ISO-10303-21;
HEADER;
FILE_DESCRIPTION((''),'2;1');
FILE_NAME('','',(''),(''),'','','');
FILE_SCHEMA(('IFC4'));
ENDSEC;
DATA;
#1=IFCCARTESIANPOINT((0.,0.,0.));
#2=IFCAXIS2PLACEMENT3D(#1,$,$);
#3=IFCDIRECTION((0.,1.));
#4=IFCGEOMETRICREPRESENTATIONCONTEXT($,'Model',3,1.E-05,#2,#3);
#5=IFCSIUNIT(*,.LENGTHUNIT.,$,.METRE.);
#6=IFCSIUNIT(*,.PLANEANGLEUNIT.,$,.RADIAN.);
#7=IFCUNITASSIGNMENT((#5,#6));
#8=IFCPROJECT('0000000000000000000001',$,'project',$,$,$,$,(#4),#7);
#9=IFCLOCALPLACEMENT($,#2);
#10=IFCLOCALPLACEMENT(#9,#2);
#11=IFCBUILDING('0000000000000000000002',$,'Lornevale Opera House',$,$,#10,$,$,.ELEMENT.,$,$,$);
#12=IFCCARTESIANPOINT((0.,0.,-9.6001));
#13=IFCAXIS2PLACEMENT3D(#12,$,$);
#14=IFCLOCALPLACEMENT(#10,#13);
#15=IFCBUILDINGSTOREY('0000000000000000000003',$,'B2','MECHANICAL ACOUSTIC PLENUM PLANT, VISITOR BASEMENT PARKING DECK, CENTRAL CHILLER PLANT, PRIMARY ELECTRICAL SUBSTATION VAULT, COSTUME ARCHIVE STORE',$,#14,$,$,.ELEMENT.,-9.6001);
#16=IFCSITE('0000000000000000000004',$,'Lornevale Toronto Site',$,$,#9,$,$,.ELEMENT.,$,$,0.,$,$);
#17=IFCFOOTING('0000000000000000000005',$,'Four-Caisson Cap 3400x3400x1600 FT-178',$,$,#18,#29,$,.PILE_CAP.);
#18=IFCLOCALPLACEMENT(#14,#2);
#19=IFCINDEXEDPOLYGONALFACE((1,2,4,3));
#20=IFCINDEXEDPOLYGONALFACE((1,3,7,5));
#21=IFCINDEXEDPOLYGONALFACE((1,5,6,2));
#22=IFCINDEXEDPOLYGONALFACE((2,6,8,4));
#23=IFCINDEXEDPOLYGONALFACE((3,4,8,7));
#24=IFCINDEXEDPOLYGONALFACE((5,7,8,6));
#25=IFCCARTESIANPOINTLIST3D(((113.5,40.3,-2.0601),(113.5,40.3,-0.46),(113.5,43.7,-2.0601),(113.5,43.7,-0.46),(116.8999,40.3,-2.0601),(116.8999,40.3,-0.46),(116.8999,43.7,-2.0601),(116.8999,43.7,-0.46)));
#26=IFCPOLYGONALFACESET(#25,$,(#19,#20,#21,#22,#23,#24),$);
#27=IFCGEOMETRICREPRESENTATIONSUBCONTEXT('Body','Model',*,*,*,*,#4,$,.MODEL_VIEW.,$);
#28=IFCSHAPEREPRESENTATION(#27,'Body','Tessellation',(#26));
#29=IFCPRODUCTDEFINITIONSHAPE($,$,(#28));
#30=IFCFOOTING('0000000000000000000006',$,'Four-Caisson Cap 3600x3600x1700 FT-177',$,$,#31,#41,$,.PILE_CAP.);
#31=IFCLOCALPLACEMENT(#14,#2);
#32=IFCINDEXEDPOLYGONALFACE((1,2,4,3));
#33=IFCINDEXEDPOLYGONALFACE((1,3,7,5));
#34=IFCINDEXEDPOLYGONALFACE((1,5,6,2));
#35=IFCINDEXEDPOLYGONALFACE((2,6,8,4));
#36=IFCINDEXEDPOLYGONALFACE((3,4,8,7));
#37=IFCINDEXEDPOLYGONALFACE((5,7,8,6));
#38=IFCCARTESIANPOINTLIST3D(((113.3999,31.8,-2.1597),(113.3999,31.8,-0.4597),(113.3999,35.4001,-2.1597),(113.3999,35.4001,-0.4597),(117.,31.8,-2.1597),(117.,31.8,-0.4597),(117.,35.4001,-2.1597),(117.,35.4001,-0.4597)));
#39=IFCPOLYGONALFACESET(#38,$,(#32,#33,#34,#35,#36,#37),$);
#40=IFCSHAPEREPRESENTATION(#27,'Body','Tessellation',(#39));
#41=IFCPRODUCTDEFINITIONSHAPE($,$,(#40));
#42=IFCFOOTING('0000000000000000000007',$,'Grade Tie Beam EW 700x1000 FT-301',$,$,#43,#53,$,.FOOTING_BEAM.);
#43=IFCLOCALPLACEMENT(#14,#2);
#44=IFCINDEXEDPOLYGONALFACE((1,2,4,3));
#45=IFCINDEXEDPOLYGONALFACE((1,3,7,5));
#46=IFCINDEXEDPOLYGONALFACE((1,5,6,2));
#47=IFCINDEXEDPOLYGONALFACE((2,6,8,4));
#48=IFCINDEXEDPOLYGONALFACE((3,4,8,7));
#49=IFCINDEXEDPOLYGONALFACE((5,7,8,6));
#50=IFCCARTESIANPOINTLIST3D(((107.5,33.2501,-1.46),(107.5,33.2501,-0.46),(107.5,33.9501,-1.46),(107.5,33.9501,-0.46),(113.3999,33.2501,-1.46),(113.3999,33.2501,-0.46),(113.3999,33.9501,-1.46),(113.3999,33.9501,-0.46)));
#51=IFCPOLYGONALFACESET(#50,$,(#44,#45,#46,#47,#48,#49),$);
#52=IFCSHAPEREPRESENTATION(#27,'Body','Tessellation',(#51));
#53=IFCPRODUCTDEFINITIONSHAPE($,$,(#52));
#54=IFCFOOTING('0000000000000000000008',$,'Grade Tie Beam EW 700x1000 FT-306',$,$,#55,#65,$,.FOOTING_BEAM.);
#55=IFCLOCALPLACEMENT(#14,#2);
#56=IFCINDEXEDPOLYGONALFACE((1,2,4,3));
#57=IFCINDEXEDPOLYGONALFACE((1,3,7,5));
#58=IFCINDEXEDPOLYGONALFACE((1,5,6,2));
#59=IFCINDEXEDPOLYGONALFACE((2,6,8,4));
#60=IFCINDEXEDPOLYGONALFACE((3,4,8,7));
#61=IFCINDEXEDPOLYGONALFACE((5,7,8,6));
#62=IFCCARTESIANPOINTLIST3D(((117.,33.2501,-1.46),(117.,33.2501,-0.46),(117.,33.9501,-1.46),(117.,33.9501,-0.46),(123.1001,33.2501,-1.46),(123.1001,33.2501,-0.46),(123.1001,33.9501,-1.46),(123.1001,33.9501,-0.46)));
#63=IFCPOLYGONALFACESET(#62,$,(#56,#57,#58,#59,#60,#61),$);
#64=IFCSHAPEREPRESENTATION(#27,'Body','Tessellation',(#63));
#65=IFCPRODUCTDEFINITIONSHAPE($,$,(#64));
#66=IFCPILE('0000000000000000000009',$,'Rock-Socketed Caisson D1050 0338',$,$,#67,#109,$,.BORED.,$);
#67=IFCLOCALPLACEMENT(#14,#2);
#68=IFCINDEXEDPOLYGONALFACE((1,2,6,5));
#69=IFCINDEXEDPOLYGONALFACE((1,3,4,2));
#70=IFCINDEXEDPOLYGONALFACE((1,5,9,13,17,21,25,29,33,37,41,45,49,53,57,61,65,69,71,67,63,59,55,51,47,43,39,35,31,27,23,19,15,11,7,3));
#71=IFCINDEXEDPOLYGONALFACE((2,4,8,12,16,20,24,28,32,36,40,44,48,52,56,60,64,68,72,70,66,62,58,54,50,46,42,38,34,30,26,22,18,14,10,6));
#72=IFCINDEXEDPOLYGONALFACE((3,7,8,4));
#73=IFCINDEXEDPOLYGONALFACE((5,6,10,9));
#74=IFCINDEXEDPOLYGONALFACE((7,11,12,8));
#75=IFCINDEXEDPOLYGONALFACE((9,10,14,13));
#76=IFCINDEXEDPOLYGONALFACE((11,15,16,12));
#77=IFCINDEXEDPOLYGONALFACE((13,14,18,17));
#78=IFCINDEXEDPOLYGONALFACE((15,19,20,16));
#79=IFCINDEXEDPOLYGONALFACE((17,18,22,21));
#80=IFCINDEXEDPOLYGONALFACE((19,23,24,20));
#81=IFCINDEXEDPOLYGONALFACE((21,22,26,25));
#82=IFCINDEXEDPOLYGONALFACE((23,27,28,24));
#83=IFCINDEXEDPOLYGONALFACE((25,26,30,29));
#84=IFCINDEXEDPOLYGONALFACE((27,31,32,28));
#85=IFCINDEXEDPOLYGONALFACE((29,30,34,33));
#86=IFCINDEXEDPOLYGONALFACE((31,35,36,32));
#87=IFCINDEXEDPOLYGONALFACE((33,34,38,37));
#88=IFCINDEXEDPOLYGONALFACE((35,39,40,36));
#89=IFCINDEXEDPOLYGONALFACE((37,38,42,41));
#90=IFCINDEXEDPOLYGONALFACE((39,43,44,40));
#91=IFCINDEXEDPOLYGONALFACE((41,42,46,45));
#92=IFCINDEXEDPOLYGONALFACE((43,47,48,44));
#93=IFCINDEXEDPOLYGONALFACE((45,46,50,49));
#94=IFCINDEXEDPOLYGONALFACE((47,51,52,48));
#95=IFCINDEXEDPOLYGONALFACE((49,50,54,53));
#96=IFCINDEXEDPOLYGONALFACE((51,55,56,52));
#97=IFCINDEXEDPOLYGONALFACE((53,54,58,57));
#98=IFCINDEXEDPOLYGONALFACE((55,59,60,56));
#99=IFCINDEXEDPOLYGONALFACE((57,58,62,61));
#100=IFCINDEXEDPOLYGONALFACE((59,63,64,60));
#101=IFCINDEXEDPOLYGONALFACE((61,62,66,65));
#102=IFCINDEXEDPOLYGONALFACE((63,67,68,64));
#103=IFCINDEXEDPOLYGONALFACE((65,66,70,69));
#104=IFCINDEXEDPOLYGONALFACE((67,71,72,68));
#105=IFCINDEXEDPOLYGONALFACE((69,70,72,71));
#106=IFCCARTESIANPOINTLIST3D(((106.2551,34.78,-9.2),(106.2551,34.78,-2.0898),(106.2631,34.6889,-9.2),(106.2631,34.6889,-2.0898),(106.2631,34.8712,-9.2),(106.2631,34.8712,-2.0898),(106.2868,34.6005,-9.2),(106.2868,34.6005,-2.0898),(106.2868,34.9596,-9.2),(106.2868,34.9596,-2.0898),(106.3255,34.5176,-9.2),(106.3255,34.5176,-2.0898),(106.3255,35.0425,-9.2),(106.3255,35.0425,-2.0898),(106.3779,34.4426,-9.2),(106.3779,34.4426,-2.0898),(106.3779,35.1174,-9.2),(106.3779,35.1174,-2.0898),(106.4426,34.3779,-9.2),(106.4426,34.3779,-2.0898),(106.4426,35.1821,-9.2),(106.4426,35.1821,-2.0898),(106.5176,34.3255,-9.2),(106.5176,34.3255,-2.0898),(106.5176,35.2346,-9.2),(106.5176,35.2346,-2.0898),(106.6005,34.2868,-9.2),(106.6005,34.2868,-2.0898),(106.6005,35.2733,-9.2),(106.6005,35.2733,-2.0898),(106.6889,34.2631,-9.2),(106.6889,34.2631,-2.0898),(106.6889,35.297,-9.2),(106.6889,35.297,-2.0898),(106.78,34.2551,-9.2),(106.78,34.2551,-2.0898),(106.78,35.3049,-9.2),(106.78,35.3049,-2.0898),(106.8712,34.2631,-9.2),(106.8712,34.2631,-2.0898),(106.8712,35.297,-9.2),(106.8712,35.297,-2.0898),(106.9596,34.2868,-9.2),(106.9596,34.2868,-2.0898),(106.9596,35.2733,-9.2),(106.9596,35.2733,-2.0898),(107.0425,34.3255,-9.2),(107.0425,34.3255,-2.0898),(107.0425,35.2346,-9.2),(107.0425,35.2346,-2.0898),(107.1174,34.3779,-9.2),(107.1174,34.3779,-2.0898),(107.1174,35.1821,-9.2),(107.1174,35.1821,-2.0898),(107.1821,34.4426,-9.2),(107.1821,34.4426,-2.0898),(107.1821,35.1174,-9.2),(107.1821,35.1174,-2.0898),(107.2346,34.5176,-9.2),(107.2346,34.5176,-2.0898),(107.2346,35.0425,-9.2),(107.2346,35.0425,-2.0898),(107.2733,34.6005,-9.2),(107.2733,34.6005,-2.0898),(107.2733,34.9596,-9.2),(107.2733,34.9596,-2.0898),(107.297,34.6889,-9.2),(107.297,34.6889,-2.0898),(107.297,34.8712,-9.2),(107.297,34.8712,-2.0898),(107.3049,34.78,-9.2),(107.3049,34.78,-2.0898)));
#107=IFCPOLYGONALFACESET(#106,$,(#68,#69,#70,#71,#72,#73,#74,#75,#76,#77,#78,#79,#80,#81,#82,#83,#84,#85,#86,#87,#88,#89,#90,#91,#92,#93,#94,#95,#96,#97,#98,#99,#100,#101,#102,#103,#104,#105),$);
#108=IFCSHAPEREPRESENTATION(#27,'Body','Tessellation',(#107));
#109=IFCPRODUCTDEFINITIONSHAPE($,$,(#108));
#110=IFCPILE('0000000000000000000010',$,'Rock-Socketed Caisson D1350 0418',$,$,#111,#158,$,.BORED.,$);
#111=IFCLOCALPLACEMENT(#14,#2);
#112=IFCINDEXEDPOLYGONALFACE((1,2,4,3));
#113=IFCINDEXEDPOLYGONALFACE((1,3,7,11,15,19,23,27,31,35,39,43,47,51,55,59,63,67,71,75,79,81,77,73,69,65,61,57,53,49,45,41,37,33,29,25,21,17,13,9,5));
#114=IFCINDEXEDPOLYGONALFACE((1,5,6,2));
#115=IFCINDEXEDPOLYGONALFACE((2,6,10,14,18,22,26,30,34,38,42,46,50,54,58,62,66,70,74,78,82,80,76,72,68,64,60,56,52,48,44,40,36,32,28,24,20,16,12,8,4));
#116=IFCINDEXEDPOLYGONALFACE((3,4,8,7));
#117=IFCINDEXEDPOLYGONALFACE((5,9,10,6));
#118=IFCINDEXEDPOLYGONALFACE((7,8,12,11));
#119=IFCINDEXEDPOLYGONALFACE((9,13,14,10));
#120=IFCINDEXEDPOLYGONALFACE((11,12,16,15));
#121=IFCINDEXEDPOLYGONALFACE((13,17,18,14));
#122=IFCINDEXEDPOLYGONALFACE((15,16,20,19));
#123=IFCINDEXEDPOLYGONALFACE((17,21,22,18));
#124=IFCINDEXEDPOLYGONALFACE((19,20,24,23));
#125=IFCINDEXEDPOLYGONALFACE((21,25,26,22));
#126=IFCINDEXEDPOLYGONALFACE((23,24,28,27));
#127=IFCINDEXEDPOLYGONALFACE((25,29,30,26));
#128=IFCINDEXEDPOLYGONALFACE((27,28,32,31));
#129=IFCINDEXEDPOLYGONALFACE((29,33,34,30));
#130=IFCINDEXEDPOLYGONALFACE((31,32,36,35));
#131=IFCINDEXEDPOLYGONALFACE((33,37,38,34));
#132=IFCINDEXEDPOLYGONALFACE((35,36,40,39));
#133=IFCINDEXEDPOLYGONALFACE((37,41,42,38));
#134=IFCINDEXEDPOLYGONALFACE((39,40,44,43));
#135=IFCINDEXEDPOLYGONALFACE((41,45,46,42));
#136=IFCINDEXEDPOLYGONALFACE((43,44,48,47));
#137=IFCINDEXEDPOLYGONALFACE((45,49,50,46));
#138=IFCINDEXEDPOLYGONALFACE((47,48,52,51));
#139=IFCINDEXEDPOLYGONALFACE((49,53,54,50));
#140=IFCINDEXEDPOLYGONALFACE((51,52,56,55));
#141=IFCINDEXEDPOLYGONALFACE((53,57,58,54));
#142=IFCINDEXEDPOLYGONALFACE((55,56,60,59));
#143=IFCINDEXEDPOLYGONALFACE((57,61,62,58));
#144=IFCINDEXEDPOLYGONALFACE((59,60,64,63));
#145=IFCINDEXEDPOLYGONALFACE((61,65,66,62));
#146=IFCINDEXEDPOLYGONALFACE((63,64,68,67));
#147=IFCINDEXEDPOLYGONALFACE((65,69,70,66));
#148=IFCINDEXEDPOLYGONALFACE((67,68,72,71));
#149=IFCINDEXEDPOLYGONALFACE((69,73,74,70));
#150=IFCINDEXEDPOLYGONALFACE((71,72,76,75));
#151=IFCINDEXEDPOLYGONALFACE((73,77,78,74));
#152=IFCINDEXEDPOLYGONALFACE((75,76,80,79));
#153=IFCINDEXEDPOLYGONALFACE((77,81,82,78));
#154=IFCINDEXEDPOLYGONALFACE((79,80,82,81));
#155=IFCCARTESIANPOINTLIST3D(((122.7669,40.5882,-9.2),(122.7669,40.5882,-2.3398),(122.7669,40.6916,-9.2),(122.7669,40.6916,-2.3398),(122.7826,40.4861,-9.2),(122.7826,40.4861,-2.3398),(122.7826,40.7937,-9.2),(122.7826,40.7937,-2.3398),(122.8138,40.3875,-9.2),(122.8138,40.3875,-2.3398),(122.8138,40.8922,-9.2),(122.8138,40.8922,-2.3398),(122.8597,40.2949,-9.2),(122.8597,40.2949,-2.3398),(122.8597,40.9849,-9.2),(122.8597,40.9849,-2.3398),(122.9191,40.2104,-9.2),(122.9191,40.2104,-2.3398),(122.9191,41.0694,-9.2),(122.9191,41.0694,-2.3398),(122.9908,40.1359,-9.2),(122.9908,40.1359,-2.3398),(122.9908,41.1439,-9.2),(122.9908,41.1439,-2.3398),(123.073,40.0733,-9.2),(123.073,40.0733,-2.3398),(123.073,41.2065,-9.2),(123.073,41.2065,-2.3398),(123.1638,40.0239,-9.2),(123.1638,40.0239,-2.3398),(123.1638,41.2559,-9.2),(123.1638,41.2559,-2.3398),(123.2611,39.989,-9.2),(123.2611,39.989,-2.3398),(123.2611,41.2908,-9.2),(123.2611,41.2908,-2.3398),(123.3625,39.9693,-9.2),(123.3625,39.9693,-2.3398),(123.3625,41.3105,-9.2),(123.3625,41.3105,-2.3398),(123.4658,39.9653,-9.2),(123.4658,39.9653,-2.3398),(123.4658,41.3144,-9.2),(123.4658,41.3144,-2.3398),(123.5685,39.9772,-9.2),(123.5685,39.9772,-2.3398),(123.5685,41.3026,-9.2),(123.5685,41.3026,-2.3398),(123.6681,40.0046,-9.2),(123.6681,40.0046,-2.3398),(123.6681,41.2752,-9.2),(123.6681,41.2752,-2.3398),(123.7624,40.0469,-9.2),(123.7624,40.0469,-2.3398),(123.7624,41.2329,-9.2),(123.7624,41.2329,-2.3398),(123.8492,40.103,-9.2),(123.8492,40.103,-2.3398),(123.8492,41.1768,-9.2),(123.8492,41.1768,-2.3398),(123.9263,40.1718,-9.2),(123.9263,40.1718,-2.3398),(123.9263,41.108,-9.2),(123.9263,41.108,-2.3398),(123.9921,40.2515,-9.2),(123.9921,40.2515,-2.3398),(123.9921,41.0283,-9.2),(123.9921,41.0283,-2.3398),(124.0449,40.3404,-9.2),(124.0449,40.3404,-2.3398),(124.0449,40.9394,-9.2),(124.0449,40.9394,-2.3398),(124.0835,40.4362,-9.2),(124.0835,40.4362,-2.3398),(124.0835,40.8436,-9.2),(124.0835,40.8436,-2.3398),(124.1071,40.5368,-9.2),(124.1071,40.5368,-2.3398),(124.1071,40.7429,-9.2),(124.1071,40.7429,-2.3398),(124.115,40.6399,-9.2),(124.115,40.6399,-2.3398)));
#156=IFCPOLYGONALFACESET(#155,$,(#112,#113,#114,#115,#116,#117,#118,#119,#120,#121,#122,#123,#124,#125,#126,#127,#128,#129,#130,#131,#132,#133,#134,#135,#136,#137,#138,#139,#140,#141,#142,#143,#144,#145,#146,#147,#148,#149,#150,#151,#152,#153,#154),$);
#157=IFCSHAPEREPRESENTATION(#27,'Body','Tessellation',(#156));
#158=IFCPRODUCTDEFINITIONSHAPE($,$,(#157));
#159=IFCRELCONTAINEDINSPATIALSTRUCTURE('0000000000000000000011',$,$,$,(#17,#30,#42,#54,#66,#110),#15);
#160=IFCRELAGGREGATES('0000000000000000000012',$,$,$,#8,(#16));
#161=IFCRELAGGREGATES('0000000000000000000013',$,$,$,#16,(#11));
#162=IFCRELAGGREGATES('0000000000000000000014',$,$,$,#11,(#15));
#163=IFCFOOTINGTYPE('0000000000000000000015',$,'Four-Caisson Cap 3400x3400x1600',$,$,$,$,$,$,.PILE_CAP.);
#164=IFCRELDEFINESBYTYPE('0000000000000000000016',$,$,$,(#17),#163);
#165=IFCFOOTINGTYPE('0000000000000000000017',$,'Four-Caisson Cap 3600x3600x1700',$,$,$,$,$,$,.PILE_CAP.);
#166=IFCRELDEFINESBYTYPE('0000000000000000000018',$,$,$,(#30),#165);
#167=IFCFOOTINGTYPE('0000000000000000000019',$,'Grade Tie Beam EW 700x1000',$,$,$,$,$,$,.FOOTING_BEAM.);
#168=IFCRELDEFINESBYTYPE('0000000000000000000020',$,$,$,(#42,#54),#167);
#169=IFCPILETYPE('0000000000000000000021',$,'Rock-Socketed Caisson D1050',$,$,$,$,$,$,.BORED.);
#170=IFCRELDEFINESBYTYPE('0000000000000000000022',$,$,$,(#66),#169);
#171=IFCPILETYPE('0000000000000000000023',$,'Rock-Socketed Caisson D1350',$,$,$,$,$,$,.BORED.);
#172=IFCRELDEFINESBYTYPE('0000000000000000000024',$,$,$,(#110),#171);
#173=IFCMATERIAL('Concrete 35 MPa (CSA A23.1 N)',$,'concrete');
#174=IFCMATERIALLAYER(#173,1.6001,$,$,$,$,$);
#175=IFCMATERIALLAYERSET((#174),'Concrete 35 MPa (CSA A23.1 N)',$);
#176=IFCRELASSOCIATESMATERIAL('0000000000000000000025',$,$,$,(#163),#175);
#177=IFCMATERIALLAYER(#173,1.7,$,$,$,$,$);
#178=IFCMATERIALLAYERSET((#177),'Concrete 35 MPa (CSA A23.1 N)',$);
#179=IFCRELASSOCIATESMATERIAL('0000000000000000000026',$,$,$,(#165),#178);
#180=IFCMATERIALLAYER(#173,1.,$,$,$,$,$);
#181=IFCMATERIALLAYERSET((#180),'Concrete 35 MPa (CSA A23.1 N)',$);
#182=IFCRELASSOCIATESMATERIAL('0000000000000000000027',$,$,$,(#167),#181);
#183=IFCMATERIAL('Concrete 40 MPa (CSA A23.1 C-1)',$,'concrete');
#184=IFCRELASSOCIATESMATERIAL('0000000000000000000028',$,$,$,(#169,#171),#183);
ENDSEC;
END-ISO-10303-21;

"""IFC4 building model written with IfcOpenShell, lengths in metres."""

from ifc_helpers import new_model, si_unit, direction, frame, origin, origin_2d, place, context, subcontext, project, spatial, rectangle, circle, extrude, material, layer, layer_set, material_profile, profile_set, type_object, element, save


model = new_model("IFC4")

# Units and contexts
model_context = context("Model", 3, precision=1e-05, world=origin(), true_north=direction((0.0, 1.0)))
body_context = subcontext(model_context, "Body", "Model", "MODEL_VIEW")
ifc_project = project(units=[si_unit("LENGTHUNIT", "METRE"), si_unit("PLANEANGLEUNIT", "RADIAN")], contexts=[model_context])

# Site, building, storey
site_placement = place(None, origin())
site = spatial("IfcSite", under=ifc_project, at=site_placement, Name="Lornevale Toronto Site", CompositionType="ELEMENT", RefElevation=0.0)
building_placement = place(site_placement, origin())
building = spatial("IfcBuilding", under=site, at=building_placement, Name="Lornevale Opera House", CompositionType="ELEMENT")
storey_placement = place(building_placement, frame((0.0, 0.0, -9.6001)))
storey = spatial("IfcBuildingStorey", under=building, at=storey_placement, Name="B2", Description="MECHANICAL ACOUSTIC PLENUM PLANT, VISITOR BASEMENT PARKING DECK, CENTRAL CHILLER PLANT, PRIMARY ELECTRICAL SUBSTATION VAULT, COSTUME ARCHIVE STORE", CompositionType="ELEMENT", Elevation=-9.6001)

# Footings
ifc_material_1 = material(Name="Concrete 35 MPa (CSA A23.1 N)", Category="concrete")
ifc_layer_1 = layer(ifc_material_1, 1.6001)
ifc_layer_set_1 = layer_set([ifc_layer_1], Name="Concrete 35 MPa (CSA A23.1 N)")
footing_type_1 = type_object("IfcFootingType", Name="Four-Caisson Cap 3400x3400x1600", PredefinedType="PILE_CAP", material=ifc_layer_set_1)
footing_1_placement = place(storey_placement, frame((115.2, 42.0, -2.0601), z_axis=(0.0, 0.0, 1.0), x_axis=(1.0, 0.0, 0.0)))
element("IfcFooting", 1, at=footing_1_placement, inside=storey, type_object=footing_type_1, Name="Four-Caisson Cap 3400x3400x1600 FT-178", PredefinedType="PILE_CAP", context=body_context, shape_type="SweptSolid", body=[
    extrude(rectangle(XDim=3.3999, YDim=3.3999, at=origin_2d()), origin(), (0.0, 0.0, 1.0), 1.6001),
])
ifc_layer_2 = layer(ifc_material_1, 1.7)
ifc_layer_set_2 = layer_set([ifc_layer_2], Name="Concrete 35 MPa (CSA A23.1 N)")
footing_type_2 = type_object("IfcFootingType", Name="Four-Caisson Cap 3600x3600x1700", PredefinedType="PILE_CAP", material=ifc_layer_set_2)
footing_2_placement = place(storey_placement, frame((115.2, 33.6001, -2.1597), z_axis=(0.0, 0.0, 1.0), x_axis=(1.0, 0.0, 0.0)))
element("IfcFooting", 2, at=footing_2_placement, inside=storey, type_object=footing_type_2, Name="Four-Caisson Cap 3600x3600x1700 FT-177", PredefinedType="PILE_CAP", context=body_context, shape_type="SweptSolid", body=[
    extrude(rectangle(XDim=3.6001, YDim=3.6001, at=origin_2d()), origin(), (0.0, 0.0, 1.0), 1.7),
])
ifc_layer_3 = layer(ifc_material_1, 1.0)
ifc_layer_set_3 = layer_set([ifc_layer_3], Name="Concrete 35 MPa (CSA A23.1 N)")
footing_type_3 = type_object("IfcFootingType", Name="Grade Tie Beam EW 700x1000", PredefinedType="FOOTING_BEAM", material=ifc_layer_set_3)
footing_3_placement = place(storey_placement, frame((110.45, 33.6001, -1.46), z_axis=(0.0, 0.0, 1.0), x_axis=(1.0, 0.0, 0.0)))
element("IfcFooting", 3, at=footing_3_placement, inside=storey, type_object=footing_type_3, Name="Grade Tie Beam EW 700x1000 FT-301", PredefinedType="FOOTING_BEAM", context=body_context, shape_type="SweptSolid", body=[
    extrude(rectangle(XDim=5.8999, YDim=0.7, at=origin_2d()), origin(), (0.0, 0.0, 1.0), 1.0),
])
footing_4_placement = place(storey_placement, frame((120.05, 33.6001, -1.46), z_axis=(0.0, 0.0, 1.0), x_axis=(1.0, 0.0, 0.0)))
element("IfcFooting", 4, at=footing_4_placement, inside=storey, type_object=footing_type_3, Name="Grade Tie Beam EW 700x1000 FT-306", PredefinedType="FOOTING_BEAM", context=body_context, shape_type="SweptSolid", body=[
    extrude(rectangle(XDim=6.1001, YDim=0.7, at=origin_2d()), origin(), (0.0, 0.0, 1.0), 1.0),
])

# Piles
ifc_material_2 = material(Name="Concrete 40 MPa (CSA A23.1 C-1)", Category="concrete")
ifc_material_profile_1 = material_profile(ifc_material_2, circle(Radius=0.5249, at=origin_2d()), Name="CAIS1050")
ifc_profile_set_1 = profile_set([ifc_material_profile_1], Name="Concrete 40 MPa (CSA A23.1 C-1)")
pile_type_1 = type_object("IfcPileType", Name="Rock-Socketed Caisson D1050", PredefinedType="BORED", material=ifc_profile_set_1)
pile_1_placement = place(storey_placement, frame((106.78, 34.78, -2.0898), z_axis=(0.0, 0.0, -1.0), x_axis=(1.0, 0.0, 0.0)))
element("IfcPile", 5, at=pile_1_placement, inside=storey, type_object=pile_type_1, Name="Rock-Socketed Caisson D1050 0338", PredefinedType="BORED", context=body_context, shape_type="SweptSolid", body=[
    extrude(circle(Radius=0.5249, at=origin_2d()), origin(), (0.0, 0.0, 1.0), 7.1101),
])
ifc_material_profile_2 = material_profile(ifc_material_2, circle(Radius=0.675, at=origin_2d()), Name="CAIS1350")
ifc_profile_set_2 = profile_set([ifc_material_profile_2], Name="Concrete 40 MPa (CSA A23.1 C-1)")
pile_type_2 = type_object("IfcPileType", Name="Rock-Socketed Caisson D1350", PredefinedType="BORED", material=ifc_profile_set_2)
pile_2_placement = place(storey_placement, frame((123.4399, 40.6399, -2.3398), z_axis=(0.0, 0.0, -1.0), x_axis=(1.0, 0.0, 0.0)))
element("IfcPile", 6, at=pile_2_placement, inside=storey, type_object=pile_type_2, Name="Rock-Socketed Caisson D1350 0418", PredefinedType="BORED", context=body_context, shape_type="SweptSolid", body=[
    extrude(circle(Radius=0.675, at=origin_2d()), origin(), (0.0, 0.0, 1.0), 6.8601),
])

save(model, "model.ifc")
